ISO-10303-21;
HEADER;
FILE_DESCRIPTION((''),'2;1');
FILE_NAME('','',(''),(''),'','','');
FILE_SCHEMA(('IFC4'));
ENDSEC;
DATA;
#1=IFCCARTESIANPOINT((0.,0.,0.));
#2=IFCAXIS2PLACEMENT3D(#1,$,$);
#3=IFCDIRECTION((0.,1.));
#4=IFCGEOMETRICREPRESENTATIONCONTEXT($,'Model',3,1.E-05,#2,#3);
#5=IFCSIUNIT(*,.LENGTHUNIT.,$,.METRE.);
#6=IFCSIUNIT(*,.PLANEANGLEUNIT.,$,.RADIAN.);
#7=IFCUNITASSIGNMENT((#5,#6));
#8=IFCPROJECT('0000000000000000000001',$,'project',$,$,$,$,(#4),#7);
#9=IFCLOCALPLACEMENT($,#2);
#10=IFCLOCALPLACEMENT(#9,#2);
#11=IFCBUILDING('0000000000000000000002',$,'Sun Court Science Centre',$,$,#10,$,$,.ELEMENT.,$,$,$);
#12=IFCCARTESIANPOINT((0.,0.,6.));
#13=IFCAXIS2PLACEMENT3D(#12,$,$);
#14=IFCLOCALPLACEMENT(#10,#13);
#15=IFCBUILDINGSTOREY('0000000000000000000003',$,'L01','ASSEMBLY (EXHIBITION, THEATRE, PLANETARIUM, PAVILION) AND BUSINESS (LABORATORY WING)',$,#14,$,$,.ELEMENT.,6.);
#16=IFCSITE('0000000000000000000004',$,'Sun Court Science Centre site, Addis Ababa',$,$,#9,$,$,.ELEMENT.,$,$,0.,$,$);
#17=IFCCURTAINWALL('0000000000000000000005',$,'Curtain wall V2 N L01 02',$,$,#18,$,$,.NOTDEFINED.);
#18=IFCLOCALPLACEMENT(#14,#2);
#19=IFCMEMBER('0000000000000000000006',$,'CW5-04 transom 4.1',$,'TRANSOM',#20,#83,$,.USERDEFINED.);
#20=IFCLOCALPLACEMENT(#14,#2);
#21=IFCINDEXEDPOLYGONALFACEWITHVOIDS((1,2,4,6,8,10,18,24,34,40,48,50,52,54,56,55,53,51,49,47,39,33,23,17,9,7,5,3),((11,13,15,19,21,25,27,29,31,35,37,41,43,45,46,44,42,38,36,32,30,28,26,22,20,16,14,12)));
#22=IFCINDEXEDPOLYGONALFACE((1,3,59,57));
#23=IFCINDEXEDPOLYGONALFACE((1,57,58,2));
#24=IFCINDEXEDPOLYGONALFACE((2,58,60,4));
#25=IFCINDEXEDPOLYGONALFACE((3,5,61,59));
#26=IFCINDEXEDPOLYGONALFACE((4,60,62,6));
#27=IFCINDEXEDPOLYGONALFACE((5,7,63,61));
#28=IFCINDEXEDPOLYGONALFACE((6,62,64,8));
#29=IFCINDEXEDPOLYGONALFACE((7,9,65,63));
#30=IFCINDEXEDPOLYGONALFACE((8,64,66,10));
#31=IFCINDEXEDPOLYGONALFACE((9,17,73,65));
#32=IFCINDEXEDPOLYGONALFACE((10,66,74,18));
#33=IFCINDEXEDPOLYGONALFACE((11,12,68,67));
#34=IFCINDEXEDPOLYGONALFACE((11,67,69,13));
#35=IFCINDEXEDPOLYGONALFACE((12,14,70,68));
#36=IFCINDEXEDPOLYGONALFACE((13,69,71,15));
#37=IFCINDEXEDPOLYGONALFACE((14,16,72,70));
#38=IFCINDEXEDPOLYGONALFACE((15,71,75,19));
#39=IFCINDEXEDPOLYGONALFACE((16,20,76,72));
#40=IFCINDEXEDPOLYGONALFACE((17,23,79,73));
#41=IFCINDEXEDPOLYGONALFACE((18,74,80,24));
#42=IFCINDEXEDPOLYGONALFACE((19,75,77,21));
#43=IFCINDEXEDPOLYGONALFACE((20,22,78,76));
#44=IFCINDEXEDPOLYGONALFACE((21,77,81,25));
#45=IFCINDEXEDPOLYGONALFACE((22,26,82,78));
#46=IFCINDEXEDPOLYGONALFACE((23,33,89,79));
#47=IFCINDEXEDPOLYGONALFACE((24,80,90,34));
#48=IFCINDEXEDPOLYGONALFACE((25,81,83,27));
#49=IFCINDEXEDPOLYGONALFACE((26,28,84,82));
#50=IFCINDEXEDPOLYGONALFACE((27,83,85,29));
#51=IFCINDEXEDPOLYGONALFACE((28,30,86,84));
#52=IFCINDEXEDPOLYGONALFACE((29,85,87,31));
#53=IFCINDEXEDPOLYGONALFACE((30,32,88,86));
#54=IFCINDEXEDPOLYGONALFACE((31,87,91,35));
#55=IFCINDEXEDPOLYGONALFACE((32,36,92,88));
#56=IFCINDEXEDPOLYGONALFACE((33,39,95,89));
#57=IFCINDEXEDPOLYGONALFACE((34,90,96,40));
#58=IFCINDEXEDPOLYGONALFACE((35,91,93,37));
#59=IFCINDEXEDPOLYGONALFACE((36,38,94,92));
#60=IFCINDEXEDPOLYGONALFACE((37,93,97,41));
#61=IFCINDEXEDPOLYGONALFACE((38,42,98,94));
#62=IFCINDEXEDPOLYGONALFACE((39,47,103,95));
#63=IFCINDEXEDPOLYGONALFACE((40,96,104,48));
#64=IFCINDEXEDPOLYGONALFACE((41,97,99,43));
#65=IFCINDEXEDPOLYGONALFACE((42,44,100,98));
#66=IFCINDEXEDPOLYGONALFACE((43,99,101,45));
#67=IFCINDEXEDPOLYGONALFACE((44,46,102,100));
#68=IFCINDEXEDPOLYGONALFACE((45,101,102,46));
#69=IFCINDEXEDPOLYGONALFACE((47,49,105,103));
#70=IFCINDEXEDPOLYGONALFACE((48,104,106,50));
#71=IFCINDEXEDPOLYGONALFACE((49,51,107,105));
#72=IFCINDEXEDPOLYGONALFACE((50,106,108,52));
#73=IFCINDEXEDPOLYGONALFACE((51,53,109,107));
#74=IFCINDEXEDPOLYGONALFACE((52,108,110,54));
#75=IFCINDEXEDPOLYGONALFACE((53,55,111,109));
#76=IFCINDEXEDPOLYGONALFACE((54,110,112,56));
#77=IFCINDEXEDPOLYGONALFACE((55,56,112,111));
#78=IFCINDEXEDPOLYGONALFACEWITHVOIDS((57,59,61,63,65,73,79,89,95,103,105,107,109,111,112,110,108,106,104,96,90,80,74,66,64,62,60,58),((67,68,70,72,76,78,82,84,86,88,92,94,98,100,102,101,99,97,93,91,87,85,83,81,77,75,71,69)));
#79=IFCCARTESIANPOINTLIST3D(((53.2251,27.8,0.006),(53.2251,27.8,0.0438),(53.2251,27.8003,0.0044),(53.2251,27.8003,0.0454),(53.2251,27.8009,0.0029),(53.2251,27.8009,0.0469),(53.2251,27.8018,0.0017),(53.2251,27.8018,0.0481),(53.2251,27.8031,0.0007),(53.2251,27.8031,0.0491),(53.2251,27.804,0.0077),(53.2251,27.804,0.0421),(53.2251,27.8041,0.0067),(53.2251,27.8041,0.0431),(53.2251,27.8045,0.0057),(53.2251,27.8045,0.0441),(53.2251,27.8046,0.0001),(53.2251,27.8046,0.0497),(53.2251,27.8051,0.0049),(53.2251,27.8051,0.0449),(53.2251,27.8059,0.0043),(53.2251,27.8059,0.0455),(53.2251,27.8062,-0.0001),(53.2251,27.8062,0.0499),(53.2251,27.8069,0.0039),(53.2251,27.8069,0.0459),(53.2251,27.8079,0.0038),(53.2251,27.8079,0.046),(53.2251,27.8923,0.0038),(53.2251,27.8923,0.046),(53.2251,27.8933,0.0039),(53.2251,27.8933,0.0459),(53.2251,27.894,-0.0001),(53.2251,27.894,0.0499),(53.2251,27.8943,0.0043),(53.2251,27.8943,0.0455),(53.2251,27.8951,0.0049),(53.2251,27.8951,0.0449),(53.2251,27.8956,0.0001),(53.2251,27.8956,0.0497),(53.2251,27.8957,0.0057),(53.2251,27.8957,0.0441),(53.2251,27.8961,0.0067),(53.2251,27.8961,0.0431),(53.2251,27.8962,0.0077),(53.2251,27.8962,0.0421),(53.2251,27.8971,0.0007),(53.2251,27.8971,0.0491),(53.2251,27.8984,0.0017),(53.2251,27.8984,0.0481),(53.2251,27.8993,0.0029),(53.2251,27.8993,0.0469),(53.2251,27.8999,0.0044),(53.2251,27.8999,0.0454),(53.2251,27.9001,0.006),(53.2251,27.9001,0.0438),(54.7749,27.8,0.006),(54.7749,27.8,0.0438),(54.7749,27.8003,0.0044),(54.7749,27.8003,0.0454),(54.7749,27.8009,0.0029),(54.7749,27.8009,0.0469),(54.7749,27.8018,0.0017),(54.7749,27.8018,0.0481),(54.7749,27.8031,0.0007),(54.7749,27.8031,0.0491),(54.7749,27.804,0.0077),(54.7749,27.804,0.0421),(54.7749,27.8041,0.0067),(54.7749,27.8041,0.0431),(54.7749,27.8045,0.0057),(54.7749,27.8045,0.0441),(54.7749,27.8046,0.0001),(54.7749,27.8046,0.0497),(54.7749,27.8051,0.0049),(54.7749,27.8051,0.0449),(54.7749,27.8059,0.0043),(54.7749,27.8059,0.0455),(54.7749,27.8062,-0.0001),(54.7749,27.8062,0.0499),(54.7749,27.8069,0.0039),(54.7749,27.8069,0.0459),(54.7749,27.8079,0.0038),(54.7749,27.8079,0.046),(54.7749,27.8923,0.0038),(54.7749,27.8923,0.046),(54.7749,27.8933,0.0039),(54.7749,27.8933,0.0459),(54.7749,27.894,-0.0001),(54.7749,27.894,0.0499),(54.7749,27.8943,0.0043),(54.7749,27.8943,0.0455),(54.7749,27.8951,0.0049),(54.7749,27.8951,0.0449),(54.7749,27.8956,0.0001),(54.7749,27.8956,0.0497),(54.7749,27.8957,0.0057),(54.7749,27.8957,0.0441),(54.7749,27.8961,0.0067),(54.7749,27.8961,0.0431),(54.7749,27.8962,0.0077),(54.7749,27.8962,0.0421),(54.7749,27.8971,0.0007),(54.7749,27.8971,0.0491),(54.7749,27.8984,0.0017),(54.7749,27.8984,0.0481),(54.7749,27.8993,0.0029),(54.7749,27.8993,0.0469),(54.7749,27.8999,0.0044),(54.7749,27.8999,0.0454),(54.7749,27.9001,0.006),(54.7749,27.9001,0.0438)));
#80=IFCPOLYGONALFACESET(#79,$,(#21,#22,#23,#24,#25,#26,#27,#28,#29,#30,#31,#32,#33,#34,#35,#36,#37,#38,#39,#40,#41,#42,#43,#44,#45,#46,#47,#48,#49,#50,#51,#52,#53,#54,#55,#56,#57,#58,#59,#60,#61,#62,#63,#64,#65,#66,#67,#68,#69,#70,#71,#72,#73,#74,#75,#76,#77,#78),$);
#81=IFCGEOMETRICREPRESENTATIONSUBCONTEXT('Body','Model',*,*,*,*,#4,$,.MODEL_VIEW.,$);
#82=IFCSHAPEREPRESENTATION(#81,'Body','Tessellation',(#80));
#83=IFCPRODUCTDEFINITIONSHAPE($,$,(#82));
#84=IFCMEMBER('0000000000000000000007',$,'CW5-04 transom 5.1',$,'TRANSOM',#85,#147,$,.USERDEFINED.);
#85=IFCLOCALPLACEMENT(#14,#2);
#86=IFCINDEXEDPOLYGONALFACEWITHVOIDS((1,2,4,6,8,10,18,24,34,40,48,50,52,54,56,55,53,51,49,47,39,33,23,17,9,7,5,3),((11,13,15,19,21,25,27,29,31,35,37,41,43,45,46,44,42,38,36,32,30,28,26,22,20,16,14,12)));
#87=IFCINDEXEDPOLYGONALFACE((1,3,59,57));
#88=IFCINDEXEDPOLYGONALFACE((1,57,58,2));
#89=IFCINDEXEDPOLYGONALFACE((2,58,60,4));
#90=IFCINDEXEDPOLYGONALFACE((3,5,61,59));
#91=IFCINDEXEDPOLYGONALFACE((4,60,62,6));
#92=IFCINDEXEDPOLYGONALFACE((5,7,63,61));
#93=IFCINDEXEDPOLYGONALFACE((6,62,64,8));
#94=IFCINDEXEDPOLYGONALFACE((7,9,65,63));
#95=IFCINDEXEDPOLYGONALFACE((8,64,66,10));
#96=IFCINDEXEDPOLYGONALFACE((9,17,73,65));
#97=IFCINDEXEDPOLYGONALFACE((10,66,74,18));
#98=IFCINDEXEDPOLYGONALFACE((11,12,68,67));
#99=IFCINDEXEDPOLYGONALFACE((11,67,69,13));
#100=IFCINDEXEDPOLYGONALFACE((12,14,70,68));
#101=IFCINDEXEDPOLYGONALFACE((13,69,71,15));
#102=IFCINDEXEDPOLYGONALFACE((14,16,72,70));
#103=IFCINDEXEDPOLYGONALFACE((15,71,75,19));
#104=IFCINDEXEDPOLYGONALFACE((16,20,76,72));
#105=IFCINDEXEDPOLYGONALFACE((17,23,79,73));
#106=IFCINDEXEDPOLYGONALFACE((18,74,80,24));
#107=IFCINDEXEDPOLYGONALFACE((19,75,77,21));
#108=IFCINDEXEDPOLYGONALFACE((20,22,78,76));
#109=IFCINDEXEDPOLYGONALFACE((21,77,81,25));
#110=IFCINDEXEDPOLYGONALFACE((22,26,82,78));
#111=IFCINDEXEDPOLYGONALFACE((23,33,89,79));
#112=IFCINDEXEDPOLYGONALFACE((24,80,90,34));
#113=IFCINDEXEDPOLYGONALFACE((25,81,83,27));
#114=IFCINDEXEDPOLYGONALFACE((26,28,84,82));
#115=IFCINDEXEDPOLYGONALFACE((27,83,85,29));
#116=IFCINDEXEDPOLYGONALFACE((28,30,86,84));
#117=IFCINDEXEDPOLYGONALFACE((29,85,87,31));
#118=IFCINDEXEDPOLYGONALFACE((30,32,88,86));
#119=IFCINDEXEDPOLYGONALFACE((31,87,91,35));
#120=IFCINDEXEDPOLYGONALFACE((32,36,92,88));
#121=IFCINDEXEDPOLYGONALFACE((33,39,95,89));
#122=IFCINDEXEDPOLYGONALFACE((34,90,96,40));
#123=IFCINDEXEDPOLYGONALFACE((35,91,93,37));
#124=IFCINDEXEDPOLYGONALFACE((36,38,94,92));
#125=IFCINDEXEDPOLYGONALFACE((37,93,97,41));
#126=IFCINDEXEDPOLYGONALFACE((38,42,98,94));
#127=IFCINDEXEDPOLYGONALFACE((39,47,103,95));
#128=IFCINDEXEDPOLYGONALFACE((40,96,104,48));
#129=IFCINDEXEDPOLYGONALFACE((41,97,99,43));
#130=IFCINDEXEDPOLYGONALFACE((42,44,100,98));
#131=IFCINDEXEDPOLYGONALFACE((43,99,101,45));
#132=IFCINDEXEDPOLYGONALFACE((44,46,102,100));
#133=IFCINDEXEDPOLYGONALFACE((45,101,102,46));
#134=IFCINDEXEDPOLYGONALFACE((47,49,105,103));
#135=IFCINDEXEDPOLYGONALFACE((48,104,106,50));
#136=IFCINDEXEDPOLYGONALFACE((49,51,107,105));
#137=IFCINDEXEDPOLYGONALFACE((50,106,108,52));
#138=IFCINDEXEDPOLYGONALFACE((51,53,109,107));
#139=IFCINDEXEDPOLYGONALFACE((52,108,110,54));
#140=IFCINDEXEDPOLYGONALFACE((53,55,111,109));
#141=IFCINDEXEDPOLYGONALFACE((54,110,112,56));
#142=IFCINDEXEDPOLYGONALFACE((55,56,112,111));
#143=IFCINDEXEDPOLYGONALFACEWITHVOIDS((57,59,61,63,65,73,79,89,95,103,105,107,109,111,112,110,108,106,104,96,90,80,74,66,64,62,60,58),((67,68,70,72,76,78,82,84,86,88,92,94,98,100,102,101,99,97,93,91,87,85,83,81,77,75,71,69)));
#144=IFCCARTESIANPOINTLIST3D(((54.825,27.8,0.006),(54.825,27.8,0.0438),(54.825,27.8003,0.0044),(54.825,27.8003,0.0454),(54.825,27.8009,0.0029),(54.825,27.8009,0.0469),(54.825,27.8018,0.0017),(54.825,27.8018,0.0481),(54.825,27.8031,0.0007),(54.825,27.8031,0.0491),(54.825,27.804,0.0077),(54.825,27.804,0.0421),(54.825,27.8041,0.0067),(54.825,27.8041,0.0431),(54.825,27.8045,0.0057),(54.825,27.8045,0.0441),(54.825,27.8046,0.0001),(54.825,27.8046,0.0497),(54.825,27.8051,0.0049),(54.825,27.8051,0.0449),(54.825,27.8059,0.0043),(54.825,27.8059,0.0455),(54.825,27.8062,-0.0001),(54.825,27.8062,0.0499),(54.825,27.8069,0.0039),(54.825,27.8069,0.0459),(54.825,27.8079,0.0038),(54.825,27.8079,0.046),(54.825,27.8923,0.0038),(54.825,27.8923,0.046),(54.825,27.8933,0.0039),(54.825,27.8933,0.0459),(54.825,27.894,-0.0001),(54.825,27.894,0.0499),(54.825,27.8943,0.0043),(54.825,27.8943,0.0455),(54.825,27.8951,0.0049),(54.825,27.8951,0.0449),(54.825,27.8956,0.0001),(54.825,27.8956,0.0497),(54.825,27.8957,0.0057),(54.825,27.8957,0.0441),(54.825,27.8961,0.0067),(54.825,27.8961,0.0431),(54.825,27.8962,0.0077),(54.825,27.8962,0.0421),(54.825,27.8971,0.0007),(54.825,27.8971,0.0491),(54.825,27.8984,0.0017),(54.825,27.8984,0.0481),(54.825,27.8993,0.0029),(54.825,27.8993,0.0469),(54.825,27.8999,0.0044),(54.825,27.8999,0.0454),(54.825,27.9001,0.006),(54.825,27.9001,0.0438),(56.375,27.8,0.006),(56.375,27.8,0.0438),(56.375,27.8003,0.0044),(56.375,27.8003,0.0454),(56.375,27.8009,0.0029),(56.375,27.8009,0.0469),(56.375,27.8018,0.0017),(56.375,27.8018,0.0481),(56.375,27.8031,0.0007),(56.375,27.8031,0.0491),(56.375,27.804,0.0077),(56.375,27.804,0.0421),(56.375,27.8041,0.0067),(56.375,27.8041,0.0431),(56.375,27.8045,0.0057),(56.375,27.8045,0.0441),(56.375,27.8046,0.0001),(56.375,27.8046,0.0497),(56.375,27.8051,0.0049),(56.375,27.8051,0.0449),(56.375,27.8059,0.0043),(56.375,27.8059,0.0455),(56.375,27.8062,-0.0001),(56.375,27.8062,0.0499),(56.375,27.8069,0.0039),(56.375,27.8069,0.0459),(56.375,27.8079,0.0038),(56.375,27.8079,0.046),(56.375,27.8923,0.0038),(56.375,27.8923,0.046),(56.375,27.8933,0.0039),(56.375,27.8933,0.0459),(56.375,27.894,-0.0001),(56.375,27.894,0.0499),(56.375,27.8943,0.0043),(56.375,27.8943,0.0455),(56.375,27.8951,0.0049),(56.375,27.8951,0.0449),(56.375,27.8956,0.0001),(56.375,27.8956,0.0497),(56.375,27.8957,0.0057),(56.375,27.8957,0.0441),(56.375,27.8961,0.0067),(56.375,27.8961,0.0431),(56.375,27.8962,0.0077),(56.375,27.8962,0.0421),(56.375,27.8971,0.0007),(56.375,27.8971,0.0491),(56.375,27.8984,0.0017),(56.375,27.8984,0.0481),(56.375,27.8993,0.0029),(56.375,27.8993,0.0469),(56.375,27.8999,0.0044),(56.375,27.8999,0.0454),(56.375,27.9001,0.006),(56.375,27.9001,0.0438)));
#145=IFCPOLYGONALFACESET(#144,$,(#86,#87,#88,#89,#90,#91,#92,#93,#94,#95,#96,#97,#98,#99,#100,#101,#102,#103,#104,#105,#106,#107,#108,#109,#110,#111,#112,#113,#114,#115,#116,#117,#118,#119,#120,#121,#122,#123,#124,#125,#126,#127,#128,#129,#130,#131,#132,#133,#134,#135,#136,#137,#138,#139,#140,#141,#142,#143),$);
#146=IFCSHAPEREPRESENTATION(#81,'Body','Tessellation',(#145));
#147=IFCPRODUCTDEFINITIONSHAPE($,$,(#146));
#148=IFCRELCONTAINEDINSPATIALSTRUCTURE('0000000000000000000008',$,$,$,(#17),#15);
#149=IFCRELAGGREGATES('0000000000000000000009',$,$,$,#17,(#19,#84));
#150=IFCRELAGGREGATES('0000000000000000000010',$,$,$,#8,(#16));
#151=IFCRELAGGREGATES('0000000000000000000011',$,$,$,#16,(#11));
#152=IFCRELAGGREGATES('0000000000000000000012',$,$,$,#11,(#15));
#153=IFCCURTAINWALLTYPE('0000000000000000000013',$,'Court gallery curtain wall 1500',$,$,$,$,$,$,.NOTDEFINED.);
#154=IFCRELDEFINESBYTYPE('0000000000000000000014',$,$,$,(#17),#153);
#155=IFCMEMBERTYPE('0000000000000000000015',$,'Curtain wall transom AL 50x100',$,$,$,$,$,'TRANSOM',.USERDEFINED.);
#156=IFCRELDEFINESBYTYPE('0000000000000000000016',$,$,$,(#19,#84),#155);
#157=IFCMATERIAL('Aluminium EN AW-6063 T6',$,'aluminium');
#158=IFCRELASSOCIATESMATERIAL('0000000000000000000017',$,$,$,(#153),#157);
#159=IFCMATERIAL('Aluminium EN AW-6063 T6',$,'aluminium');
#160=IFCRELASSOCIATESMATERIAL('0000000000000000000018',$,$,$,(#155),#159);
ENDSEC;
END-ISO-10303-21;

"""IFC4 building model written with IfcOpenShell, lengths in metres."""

from ifc_helpers import new_model, si_unit, direction, frame, origin, origin_2d, place, context, subcontext, project, spatial, hollow_rectangle, extrude, material, material_profile, profile_set, type_object, element, aggregate, save


model = new_model("IFC4")

# Units and contexts
model_context = context("Model", 3, precision=1e-05, world=origin(), true_north=direction((0.0, 1.0)))
body_context = subcontext(model_context, "Body", "Model", "MODEL_VIEW")
ifc_project = project(units=[si_unit("LENGTHUNIT", "METRE"), si_unit("PLANEANGLEUNIT", "RADIAN")], contexts=[model_context])

# Site, building, storey
site_placement = place(None, origin())
site = spatial("IfcSite", under=ifc_project, at=site_placement, Name="Sun Court Science Centre site, Addis Ababa", CompositionType="ELEMENT", RefElevation=0.0)
building_placement = place(site_placement, origin())
building = spatial("IfcBuilding", under=site, at=building_placement, Name="Sun Court Science Centre", CompositionType="ELEMENT")
storey_placement = place(building_placement, frame((0.0, 0.0, 6.0)))
storey = spatial("IfcBuildingStorey", under=building, at=storey_placement, Name="L01", Description="ASSEMBLY (EXHIBITION, THEATRE, PLANETARIUM, PAVILION) AND BUSINESS (LABORATORY WING)", CompositionType="ELEMENT", Elevation=6.0)

# Curtain wall, members
ifc_material_1 = material(Name="Aluminium EN AW-6063 T6", Category="aluminium")
curtain_wall_type_1 = type_object("IfcCurtainWallType", Name="Court gallery curtain wall 1500", PredefinedType="NOTDEFINED", material=ifc_material_1)
curtain_wall_1_placement = place(storey_placement, origin())
curtain_wall_1 = element("IfcCurtainWall", 1, at=curtain_wall_1_placement, inside=storey, type_object=curtain_wall_type_1, Name="Curtain wall V2 N L01 02", PredefinedType="NOTDEFINED")
ifc_material_2 = material(Name="Aluminium EN AW-6063 T6", Category="aluminium")
ifc_material_profile_1 = material_profile(ifc_material_2, hollow_rectangle(XDim=0.05, YDim=0.1001, WallThickness=0.0039, InnerFilletRadius=0.0039, OuterFilletRadius=0.0061, at=origin_2d()), Name="AL 50x100x4")
ifc_profile_set_1 = profile_set([ifc_material_profile_1], Name="Aluminium EN AW-6063 T6")
member_type_1 = type_object("IfcMemberType", Name="Curtain wall transom AL 50x100", ElementType="TRANSOM", PredefinedType="USERDEFINED", material=ifc_profile_set_1)
member_1_placement = place(storey_placement, frame((53.2251, 27.8501, 0.0249), z_axis=(1.0, 0.0, 0.0), x_axis=(0.0, 0.0, 1.0)))
member_1 = element("IfcMember", 2, at=member_1_placement, type_object=member_type_1, Name="CW5-04 transom 4.1", ObjectType="TRANSOM", PredefinedType="USERDEFINED", context=body_context, shape_type="SweptSolid", body=[
    extrude(hollow_rectangle(XDim=0.05, YDim=0.1001, WallThickness=0.0039, InnerFilletRadius=0.0039, OuterFilletRadius=0.0061, at=origin_2d()), origin(), (0.0, 0.0, 1.0), 1.5498),
])
member_2_placement = place(storey_placement, frame((54.825, 27.8501, 0.0249), z_axis=(1.0, 0.0, 0.0), x_axis=(0.0, 0.0, 1.0)))
member_2 = element("IfcMember", 3, at=member_2_placement, type_object=member_type_1, Name="CW5-04 transom 5.1", ObjectType="TRANSOM", PredefinedType="USERDEFINED", context=body_context, shape_type="SweptSolid", body=[
    extrude(hollow_rectangle(XDim=0.05, YDim=0.1001, WallThickness=0.0039, InnerFilletRadius=0.0039, OuterFilletRadius=0.0061, at=origin_2d()), origin(), (0.0, 0.0, 1.0), 1.55),
])

aggregate(curtain_wall_1, [member_1, member_2])

save(model, "model.ifc")
